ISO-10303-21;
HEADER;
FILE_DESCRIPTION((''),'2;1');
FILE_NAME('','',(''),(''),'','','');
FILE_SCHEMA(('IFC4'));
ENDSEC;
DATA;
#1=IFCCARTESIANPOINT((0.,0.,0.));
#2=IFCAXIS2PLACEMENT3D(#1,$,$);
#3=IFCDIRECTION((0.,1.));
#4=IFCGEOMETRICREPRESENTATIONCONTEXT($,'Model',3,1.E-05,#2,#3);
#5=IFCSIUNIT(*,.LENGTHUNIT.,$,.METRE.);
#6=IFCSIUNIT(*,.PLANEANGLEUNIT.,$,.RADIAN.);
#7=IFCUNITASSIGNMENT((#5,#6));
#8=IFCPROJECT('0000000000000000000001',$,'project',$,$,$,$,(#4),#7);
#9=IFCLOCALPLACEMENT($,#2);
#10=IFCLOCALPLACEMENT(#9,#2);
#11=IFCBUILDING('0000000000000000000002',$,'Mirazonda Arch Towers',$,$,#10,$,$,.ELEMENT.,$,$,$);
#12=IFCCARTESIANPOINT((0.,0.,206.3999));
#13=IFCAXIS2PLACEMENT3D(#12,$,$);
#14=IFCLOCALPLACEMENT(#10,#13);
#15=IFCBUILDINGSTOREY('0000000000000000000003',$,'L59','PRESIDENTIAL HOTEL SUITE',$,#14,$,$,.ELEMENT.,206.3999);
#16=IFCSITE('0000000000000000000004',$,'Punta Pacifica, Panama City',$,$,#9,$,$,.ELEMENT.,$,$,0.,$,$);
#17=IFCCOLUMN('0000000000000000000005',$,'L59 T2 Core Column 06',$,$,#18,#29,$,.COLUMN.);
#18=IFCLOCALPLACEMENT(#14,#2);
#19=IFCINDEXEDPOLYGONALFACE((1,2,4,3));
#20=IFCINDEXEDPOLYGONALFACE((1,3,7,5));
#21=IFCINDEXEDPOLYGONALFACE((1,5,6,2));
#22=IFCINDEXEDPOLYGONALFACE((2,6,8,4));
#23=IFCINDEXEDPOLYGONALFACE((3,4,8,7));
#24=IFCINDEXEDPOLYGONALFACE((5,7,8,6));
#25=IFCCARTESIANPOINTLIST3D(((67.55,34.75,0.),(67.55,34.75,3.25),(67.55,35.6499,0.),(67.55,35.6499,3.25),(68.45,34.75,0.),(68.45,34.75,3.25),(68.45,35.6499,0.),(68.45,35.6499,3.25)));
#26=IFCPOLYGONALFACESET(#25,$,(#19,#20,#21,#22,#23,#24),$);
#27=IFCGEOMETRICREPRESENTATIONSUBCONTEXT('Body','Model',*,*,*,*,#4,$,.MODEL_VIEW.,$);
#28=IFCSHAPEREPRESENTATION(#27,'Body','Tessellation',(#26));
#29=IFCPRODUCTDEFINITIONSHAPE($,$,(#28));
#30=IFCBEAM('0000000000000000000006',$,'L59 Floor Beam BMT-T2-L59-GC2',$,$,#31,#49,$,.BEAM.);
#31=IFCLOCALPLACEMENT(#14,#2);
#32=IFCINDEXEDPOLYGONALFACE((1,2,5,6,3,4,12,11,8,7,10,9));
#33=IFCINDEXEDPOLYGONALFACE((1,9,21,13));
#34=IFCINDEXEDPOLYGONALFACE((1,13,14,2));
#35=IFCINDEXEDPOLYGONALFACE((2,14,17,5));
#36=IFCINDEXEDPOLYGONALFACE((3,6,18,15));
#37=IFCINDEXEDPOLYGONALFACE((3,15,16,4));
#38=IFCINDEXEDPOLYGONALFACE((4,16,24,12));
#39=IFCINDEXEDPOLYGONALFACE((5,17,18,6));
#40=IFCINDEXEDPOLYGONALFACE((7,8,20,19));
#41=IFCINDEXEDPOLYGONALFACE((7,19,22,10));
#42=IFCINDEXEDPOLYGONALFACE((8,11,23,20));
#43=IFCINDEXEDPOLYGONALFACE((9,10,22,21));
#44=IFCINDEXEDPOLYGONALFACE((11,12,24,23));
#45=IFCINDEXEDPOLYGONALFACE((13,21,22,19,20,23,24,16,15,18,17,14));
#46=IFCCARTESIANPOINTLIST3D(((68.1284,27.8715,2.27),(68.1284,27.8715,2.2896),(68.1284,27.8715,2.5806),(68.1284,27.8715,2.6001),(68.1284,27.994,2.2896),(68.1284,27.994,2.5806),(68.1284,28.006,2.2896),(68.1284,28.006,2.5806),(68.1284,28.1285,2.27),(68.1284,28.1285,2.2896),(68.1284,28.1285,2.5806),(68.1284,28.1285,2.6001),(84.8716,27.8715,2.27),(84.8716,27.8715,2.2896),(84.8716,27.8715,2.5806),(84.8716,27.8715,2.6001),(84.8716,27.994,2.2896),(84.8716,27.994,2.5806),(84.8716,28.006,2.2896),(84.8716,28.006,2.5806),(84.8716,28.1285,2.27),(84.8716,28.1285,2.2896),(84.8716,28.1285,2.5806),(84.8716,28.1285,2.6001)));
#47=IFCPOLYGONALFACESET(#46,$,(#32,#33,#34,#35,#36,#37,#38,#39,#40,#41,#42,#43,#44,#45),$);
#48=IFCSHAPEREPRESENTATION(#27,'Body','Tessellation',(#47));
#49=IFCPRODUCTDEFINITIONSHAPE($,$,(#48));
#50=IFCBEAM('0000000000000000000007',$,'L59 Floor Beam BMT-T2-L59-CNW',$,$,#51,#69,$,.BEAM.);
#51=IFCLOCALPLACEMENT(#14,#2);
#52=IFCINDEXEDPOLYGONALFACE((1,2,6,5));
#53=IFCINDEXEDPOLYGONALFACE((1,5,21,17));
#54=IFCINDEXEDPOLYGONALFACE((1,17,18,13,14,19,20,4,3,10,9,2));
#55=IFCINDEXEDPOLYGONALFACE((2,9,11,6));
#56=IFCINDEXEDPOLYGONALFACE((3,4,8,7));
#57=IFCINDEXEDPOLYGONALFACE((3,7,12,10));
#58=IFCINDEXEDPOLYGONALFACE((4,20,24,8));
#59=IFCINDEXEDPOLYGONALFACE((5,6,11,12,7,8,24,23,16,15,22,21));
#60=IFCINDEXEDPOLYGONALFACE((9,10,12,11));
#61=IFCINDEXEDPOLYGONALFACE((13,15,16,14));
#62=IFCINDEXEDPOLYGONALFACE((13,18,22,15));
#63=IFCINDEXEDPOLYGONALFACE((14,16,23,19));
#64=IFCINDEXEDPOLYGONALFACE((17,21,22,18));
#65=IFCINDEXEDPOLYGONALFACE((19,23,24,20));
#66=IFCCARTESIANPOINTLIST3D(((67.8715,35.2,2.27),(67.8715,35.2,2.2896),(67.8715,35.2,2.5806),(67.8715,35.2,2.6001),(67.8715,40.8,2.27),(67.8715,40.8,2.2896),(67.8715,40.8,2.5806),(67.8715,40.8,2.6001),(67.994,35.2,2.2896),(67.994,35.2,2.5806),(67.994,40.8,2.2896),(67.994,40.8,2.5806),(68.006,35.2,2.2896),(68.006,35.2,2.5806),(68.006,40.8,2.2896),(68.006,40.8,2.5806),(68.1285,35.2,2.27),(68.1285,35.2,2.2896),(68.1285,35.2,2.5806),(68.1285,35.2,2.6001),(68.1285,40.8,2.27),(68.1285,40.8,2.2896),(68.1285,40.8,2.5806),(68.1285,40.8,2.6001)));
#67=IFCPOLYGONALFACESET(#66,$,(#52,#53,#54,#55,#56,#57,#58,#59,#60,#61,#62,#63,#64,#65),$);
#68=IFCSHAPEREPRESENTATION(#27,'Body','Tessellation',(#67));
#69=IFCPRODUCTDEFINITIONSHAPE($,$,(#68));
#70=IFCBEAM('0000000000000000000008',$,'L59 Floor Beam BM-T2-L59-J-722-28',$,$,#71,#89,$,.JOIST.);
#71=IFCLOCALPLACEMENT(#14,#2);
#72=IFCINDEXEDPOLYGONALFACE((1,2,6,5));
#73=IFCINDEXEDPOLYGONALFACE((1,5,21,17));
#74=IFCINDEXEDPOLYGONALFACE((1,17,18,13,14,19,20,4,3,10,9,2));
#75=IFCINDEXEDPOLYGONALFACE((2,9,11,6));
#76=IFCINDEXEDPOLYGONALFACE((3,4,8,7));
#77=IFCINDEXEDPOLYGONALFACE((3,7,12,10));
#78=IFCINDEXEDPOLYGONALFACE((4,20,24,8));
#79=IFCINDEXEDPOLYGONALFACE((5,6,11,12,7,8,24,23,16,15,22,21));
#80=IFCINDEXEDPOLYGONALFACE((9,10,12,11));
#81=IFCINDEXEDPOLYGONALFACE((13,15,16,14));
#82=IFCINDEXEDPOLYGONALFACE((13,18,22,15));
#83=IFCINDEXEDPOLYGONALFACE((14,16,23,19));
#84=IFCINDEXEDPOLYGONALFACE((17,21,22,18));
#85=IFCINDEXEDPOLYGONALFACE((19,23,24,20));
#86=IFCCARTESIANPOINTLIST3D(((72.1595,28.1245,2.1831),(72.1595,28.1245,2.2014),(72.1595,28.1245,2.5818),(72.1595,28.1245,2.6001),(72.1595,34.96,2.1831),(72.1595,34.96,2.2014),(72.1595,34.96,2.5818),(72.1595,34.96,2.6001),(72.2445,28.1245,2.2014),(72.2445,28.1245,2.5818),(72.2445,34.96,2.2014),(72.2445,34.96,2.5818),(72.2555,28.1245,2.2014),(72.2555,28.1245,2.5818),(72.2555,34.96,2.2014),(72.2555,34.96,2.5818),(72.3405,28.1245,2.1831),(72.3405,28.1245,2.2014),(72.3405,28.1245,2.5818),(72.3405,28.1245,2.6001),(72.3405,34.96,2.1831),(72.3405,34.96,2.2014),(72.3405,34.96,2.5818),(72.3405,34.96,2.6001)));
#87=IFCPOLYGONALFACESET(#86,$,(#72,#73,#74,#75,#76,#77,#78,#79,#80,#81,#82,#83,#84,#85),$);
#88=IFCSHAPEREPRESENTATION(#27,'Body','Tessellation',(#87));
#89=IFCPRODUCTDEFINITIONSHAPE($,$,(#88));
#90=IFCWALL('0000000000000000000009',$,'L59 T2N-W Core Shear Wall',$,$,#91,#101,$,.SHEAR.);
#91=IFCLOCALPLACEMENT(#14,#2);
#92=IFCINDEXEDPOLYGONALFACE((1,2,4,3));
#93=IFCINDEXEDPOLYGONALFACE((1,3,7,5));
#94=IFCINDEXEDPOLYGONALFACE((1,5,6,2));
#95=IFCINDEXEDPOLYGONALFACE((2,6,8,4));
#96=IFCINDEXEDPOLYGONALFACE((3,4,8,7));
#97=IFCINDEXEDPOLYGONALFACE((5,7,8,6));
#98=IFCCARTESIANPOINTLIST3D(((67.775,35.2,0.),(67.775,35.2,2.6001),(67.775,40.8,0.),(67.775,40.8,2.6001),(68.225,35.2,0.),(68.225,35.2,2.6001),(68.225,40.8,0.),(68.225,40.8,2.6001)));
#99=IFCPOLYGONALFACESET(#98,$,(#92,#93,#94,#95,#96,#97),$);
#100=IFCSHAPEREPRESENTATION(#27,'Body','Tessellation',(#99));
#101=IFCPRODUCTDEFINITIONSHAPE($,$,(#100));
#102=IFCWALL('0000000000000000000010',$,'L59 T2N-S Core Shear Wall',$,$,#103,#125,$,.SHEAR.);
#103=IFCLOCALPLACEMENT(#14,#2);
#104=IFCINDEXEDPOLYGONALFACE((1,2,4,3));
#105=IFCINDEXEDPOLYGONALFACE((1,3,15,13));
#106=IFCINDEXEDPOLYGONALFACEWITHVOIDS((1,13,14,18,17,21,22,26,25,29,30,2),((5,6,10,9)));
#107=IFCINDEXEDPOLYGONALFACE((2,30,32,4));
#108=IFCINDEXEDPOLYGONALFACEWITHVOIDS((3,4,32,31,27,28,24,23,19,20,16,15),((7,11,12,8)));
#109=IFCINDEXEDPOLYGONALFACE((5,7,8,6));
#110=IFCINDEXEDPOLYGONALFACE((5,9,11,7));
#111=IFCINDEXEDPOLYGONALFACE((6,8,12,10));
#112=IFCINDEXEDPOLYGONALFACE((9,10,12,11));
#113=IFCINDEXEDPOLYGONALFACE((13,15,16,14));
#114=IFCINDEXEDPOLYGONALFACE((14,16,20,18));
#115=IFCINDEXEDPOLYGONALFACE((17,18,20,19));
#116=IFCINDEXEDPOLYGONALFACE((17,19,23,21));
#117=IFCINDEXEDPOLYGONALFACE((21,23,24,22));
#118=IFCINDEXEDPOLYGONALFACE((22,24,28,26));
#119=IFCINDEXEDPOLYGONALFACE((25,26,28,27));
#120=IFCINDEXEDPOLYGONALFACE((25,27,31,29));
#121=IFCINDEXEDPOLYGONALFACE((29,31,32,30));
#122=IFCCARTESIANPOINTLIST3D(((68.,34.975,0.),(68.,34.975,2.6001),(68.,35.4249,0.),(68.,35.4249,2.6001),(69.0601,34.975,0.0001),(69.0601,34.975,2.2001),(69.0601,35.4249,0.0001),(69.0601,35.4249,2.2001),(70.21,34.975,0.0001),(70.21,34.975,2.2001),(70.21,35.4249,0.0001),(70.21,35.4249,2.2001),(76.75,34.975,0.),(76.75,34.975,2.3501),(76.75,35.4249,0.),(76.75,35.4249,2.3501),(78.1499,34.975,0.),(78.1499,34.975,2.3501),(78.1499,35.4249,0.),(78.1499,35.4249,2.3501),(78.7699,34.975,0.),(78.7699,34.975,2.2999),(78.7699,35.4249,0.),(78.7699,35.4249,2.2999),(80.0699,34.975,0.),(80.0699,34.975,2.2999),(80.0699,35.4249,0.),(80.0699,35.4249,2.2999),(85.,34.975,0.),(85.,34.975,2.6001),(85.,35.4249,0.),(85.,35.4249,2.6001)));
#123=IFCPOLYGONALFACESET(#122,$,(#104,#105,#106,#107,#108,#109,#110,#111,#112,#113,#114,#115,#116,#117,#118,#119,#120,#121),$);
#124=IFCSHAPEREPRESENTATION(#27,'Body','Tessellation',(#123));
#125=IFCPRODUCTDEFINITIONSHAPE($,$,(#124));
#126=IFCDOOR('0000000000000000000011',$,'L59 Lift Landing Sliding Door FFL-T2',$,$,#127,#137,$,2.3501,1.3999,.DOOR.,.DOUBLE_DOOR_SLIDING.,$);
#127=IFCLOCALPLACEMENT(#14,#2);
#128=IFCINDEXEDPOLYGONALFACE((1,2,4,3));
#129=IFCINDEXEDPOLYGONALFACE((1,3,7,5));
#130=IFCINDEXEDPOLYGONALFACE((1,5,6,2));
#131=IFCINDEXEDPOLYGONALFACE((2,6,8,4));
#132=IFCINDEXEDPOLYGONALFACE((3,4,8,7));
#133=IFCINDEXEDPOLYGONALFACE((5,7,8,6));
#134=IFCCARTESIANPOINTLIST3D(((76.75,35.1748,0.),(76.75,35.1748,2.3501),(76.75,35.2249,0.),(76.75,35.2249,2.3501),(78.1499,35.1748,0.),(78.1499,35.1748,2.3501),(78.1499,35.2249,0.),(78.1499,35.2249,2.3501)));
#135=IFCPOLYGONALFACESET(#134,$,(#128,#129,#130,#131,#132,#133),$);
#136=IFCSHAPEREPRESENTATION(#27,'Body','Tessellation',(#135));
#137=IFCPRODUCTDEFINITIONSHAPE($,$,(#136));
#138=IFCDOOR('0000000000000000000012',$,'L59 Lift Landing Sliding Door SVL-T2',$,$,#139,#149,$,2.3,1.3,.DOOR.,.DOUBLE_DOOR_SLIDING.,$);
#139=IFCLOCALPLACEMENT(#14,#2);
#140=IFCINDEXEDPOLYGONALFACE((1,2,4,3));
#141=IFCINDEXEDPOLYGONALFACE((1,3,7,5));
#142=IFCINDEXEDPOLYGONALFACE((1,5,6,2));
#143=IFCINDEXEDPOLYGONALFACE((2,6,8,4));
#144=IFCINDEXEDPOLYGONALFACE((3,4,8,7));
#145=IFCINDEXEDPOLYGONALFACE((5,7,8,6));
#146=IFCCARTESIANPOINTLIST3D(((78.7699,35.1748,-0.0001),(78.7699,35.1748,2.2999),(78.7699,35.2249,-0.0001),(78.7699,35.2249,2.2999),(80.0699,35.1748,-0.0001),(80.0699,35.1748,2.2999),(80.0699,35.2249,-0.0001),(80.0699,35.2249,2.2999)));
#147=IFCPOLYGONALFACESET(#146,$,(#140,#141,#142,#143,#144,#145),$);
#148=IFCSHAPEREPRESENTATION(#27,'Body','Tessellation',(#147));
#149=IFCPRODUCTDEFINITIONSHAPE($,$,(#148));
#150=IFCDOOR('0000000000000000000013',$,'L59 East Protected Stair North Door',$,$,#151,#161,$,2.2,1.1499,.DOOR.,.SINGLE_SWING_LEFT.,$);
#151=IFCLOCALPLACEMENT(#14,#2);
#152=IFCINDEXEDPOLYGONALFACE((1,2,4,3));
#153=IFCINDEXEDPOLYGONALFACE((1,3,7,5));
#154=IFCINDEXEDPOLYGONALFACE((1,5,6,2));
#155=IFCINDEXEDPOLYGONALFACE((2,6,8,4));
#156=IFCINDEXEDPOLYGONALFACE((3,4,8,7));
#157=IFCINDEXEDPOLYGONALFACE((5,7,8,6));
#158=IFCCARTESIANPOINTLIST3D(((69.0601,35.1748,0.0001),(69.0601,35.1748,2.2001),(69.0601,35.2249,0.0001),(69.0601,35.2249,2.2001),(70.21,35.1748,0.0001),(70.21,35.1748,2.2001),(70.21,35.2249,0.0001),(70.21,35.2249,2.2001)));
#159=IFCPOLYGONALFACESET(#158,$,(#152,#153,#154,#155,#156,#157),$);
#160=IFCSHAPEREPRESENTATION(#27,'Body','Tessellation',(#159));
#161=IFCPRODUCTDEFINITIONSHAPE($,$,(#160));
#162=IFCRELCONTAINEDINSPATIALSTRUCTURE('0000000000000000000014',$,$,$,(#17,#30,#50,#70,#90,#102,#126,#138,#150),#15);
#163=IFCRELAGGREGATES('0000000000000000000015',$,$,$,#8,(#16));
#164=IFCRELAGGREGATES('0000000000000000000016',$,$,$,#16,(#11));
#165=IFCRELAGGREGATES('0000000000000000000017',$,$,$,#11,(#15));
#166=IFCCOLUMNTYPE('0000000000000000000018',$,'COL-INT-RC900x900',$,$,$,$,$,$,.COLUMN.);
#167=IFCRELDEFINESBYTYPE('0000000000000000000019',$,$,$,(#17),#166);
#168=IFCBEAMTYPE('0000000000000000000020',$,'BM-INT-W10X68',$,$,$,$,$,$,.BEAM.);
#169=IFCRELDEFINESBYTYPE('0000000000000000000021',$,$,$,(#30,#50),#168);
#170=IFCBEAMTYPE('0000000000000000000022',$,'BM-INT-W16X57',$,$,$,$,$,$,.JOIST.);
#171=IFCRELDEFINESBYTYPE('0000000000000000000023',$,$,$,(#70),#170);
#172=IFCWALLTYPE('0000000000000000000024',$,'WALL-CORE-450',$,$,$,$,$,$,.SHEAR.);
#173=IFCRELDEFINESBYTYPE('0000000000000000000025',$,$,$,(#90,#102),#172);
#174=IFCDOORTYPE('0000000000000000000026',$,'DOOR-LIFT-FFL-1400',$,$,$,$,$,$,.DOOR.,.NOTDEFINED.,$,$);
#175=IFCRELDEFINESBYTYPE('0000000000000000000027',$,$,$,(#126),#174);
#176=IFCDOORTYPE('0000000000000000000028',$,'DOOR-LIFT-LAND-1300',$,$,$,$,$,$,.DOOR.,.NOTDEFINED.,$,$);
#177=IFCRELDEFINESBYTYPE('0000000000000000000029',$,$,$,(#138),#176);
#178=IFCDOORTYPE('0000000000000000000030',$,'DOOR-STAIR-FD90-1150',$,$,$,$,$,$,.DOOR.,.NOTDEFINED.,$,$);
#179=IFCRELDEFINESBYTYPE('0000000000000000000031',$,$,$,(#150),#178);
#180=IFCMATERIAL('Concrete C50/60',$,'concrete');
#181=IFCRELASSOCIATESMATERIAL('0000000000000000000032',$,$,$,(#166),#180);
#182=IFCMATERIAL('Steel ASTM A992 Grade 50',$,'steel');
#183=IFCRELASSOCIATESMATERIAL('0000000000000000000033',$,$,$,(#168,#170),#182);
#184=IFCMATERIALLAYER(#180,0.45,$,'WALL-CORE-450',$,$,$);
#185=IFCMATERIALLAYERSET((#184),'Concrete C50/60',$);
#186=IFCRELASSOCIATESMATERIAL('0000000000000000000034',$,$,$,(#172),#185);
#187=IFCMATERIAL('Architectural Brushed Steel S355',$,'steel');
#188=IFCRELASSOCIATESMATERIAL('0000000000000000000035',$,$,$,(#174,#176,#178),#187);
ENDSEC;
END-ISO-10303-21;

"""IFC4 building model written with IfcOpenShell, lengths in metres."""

from ifc_helpers import new_model, si_unit, direction, frame, frame_2d, origin, origin_2d, place, context, subcontext, project, spatial, rectangle, i_section, extrude, material, layer, layer_set, material_profile, profile_set, type_object, element, fill, save


model = new_model("IFC4")

# Units and contexts
model_context = context("Model", 3, precision=1e-05, world=origin(), true_north=direction((0.0, 1.0)))
body_context = subcontext(model_context, "Body", "Model", "MODEL_VIEW")
ifc_project = project(units=[si_unit("LENGTHUNIT", "METRE"), si_unit("PLANEANGLEUNIT", "RADIAN")], contexts=[model_context])

# Site, building, storey
site_placement = place(None, origin())
site = spatial("IfcSite", under=ifc_project, at=site_placement, Name="Punta Pacifica, Panama City", CompositionType="ELEMENT", RefElevation=0.0)
building_placement = place(site_placement, origin())
building = spatial("IfcBuilding", under=site, at=building_placement, Name="Mirazonda Arch Towers", CompositionType="ELEMENT")
storey_placement = place(building_placement, frame((0.0, 0.0, 206.3999)))
storey = spatial("IfcBuildingStorey", under=building, at=storey_placement, Name="L59", Description="PRESIDENTIAL HOTEL SUITE", CompositionType="ELEMENT", Elevation=206.3999)

# Column
ifc_material_1 = material(Name="Concrete C50/60", Category="concrete")
ifc_material_profile_1 = material_profile(ifc_material_1, rectangle(XDim=0.8999, YDim=0.8999, at=origin_2d()), Name="RC900x900")
ifc_profile_set_1 = profile_set([ifc_material_profile_1], Name="Concrete C50/60")
column_type = type_object("IfcColumnType", Name="COL-INT-RC900x900", PredefinedType="COLUMN", material=ifc_profile_set_1)
column_placement = place(storey_placement, frame((68.0, 35.2, 0.0), z_axis=(0.0, 0.0, 1.0), x_axis=(1.0, 0.0, 0.0)))
element("IfcColumn", 1, at=column_placement, inside=storey, type_object=column_type, Name="L59 T2 Core Column 06", PredefinedType="COLUMN", context=body_context, shape_type="SweptSolid", body=[
    extrude(rectangle(XDim=0.8999, YDim=0.8999, at=origin_2d()), origin(), (0.0, 0.0, 1.0), 3.25),
])

# Beams
ifc_material_2 = material(Name="Steel ASTM A992 Grade 50", Category="steel")
ifc_material_profile_2 = material_profile(ifc_material_2, i_section(OverallWidth=0.2571, OverallDepth=0.3301, WebThickness=0.012, FlangeThickness=0.0195, at=origin_2d()), Name="W10X68")
ifc_profile_set_2 = profile_set([ifc_material_profile_2], Name="Steel ASTM A992 Grade 50")
beam_type_1 = type_object("IfcBeamType", Name="BM-INT-W10X68", PredefinedType="BEAM", material=ifc_profile_set_2)
beam_1_placement = place(storey_placement, frame((68.1284, 28.0, 2.4351), z_axis=(1.0, 0.0, 0.0), x_axis=(0.0, 1.0, 0.0)))
element("IfcBeam", 2, at=beam_1_placement, inside=storey, type_object=beam_type_1, Name="L59 Floor Beam BMT-T2-L59-GC2", PredefinedType="BEAM", context=body_context, shape_type="SweptSolid", body=[
    extrude(i_section(OverallWidth=0.2571, OverallDepth=0.3301, WebThickness=0.012, FlangeThickness=0.0195, at=origin_2d()), origin(), (0.0, 0.0, 1.0), 16.7432),
])
beam_2_placement = place(storey_placement, frame((68.0, 35.2, 2.4351), z_axis=(0.0, 1.0, 0.0), x_axis=(-1.0, 0.0, 0.0)))
element("IfcBeam", 3, at=beam_2_placement, inside=storey, type_object=beam_type_1, Name="L59 Floor Beam BMT-T2-L59-CNW", PredefinedType="BEAM", context=body_context, shape_type="SweptSolid", body=[
    extrude(i_section(OverallWidth=0.2571, OverallDepth=0.3301, WebThickness=0.012, FlangeThickness=0.0195, at=origin_2d()), origin(), (0.0, 0.0, 1.0), 5.6001),
])
ifc_material_profile_3 = material_profile(ifc_material_2, i_section(OverallWidth=0.1809, OverallDepth=0.417, WebThickness=0.011, FlangeThickness=0.0183, at=origin_2d()), Name="W16X57")
ifc_profile_set_3 = profile_set([ifc_material_profile_3], Name="Steel ASTM A992 Grade 50")
beam_type_2 = type_object("IfcBeamType", Name="BM-INT-W16X57", PredefinedType="JOIST", material=ifc_profile_set_3)
beam_3_placement = place(storey_placement, frame((72.25, 28.1245, 2.3916), z_axis=(0.0, 1.0, 0.0), x_axis=(-1.0, 0.0, 0.0)))
element("IfcBeam", 4, at=beam_3_placement, inside=storey, type_object=beam_type_2, Name="L59 Floor Beam BM-T2-L59-J-722-28", PredefinedType="JOIST", context=body_context, shape_type="SweptSolid", body=[
    extrude(i_section(OverallWidth=0.1809, OverallDepth=0.417, WebThickness=0.011, FlangeThickness=0.0183, at=origin_2d()), origin(), (0.0, 0.0, 1.0), 6.8354),
])

# Wall
ifc_layer_1 = layer(ifc_material_1, 0.45, Name="WALL-CORE-450")
ifc_layer_set_1 = layer_set([ifc_layer_1], Name="Concrete C50/60")
wall_type_1 = type_object("IfcWallType", Name="WALL-CORE-450", PredefinedType="SHEAR", material=ifc_layer_set_1)
wall_1_placement = place(storey_placement, frame((68.0, 35.2, 0.0), z_axis=(0.0, 0.0, 1.0), x_axis=(0.0, 1.0, 0.0)))
element("IfcWall", 5, at=wall_1_placement, inside=storey, type_object=wall_type_1, Name="L59 T2N-W Core Shear Wall", PredefinedType="SHEAR", context=body_context, shape_type="SweptSolid", body=[
    extrude(rectangle(XDim=5.6001, YDim=0.45, at=frame_2d((2.8, 0.0))), origin(), (0.0, 0.0, 1.0), 2.6001),
])

# Wall, openings, doors
wall_2_placement = place(storey_placement, frame((68.0, 35.2, 0.0), z_axis=(0.0, 0.0, 1.0), x_axis=(1.0, 0.0, 0.0)))
wall_2 = element("IfcWall", 6, at=wall_2_placement, inside=storey, type_object=wall_type_1, Name="L59 T2N-S Core Shear Wall", PredefinedType="SHEAR", context=body_context, shape_type="SweptSolid", body=[
    extrude(rectangle(XDim=17.0, YDim=0.45, at=frame_2d((8.5, 0.0))), origin(), (0.0, 0.0, 1.0), 2.6001),
])
opening_1_placement = place(wall_2_placement, frame((1.0601, 0.0, 0.0)))
opening_1 = element("IfcOpeningElement", 7, at=opening_1_placement, cuts=wall_2, PredefinedType="OPENING", context=body_context, shape_type="SweptSolid", body=[
    extrude(rectangle(XDim=1.1499, YDim=2.2, at=frame_2d((0.575, 1.1001))), frame((0.0, 0.2349, 0.0), z_axis=(0.0, -1.0, 0.0), x_axis=(1.0, 0.0, 0.0)), (0.0, 0.0, 1.0), 0.47),
])
opening_2_placement = place(wall_2_placement, frame((8.75, 0.0, 0.0)))
opening_2 = element("IfcOpeningElement", 8, at=opening_2_placement, cuts=wall_2, PredefinedType="OPENING", context=body_context, shape_type="SweptSolid", body=[
    extrude(rectangle(XDim=1.3999, YDim=2.3501, at=frame_2d((0.7, 1.175))), frame((0.0, 0.2349, 0.0), z_axis=(0.0, -1.0, 0.0), x_axis=(1.0, 0.0, 0.0)), (0.0, 0.0, 1.0), 0.47),
])
opening_3_placement = place(wall_2_placement, frame((10.77, 0.0, 0.0)))
opening_3 = element("IfcOpeningElement", 9, at=opening_3_placement, cuts=wall_2, PredefinedType="OPENING", context=body_context, shape_type="SweptSolid", body=[
    extrude(rectangle(XDim=1.3, YDim=2.3, at=frame_2d((0.6499, 1.1499))), frame((0.0, 0.2349, 0.0), z_axis=(0.0, -1.0, 0.0), x_axis=(1.0, 0.0, 0.0)), (0.0, 0.0, 1.0), 0.47),
])
ifc_material_3 = material(Name="Architectural Brushed Steel S355", Category="steel")
door_type_1 = type_object("IfcDoorType", Name="DOOR-LIFT-FFL-1400", OperationType="NOTDEFINED", PredefinedType="DOOR", material=ifc_material_3)
door_1_placement = place(opening_2_placement, origin())
door_1 = element("IfcDoor", 10, at=door_1_placement, inside=storey, type_object=door_type_1, Name="L59 Lift Landing Sliding Door FFL-T2", OperationType="DOUBLE_DOOR_SLIDING", OverallHeight=2.3501, OverallWidth=1.3999, PredefinedType="DOOR", context=body_context, shape_type="SweptSolid", body=[
    extrude(rectangle(XDim=1.3999, YDim=2.3501, at=frame_2d((0.7, 1.175))), frame((0.0, 0.0249, 0.0), z_axis=(0.0, -1.0, 0.0), x_axis=(1.0, 0.0, 0.0)), (0.0, 0.0, 1.0), 0.05),
])
fill(opening_2, door_1)
door_type_2 = type_object("IfcDoorType", Name="DOOR-LIFT-LAND-1300", OperationType="NOTDEFINED", PredefinedType="DOOR", material=ifc_material_3)
door_2_placement = place(opening_3_placement, origin())
door_2 = element("IfcDoor", 11, at=door_2_placement, inside=storey, type_object=door_type_2, Name="L59 Lift Landing Sliding Door SVL-T2", OperationType="DOUBLE_DOOR_SLIDING", OverallHeight=2.3, OverallWidth=1.3, PredefinedType="DOOR", context=body_context, shape_type="SweptSolid", body=[
    extrude(rectangle(XDim=1.3, YDim=2.3, at=frame_2d((0.6499, 1.1499))), frame((0.0, 0.0249, 0.0), z_axis=(0.0, -1.0, 0.0), x_axis=(1.0, 0.0, 0.0)), (0.0, 0.0, 1.0), 0.05),
])
fill(opening_3, door_2)
door_type_3 = type_object("IfcDoorType", Name="DOOR-STAIR-FD90-1150", OperationType="NOTDEFINED", PredefinedType="DOOR", material=ifc_material_3)
door_3_placement = place(opening_1_placement, origin())
door_3 = element("IfcDoor", 12, at=door_3_placement, inside=storey, type_object=door_type_3, Name="L59 East Protected Stair North Door", OperationType="SINGLE_SWING_LEFT", OverallHeight=2.2, OverallWidth=1.1499, PredefinedType="DOOR", context=body_context, shape_type="SweptSolid", body=[
    extrude(rectangle(XDim=1.1499, YDim=2.2, at=frame_2d((0.575, 1.1001))), frame((0.0, 0.0249, 0.0), z_axis=(0.0, -1.0, 0.0), x_axis=(1.0, 0.0, 0.0)), (0.0, 0.0, 1.0), 0.05),
])
fill(opening_1, door_3)

save(model, "model.ifc")
